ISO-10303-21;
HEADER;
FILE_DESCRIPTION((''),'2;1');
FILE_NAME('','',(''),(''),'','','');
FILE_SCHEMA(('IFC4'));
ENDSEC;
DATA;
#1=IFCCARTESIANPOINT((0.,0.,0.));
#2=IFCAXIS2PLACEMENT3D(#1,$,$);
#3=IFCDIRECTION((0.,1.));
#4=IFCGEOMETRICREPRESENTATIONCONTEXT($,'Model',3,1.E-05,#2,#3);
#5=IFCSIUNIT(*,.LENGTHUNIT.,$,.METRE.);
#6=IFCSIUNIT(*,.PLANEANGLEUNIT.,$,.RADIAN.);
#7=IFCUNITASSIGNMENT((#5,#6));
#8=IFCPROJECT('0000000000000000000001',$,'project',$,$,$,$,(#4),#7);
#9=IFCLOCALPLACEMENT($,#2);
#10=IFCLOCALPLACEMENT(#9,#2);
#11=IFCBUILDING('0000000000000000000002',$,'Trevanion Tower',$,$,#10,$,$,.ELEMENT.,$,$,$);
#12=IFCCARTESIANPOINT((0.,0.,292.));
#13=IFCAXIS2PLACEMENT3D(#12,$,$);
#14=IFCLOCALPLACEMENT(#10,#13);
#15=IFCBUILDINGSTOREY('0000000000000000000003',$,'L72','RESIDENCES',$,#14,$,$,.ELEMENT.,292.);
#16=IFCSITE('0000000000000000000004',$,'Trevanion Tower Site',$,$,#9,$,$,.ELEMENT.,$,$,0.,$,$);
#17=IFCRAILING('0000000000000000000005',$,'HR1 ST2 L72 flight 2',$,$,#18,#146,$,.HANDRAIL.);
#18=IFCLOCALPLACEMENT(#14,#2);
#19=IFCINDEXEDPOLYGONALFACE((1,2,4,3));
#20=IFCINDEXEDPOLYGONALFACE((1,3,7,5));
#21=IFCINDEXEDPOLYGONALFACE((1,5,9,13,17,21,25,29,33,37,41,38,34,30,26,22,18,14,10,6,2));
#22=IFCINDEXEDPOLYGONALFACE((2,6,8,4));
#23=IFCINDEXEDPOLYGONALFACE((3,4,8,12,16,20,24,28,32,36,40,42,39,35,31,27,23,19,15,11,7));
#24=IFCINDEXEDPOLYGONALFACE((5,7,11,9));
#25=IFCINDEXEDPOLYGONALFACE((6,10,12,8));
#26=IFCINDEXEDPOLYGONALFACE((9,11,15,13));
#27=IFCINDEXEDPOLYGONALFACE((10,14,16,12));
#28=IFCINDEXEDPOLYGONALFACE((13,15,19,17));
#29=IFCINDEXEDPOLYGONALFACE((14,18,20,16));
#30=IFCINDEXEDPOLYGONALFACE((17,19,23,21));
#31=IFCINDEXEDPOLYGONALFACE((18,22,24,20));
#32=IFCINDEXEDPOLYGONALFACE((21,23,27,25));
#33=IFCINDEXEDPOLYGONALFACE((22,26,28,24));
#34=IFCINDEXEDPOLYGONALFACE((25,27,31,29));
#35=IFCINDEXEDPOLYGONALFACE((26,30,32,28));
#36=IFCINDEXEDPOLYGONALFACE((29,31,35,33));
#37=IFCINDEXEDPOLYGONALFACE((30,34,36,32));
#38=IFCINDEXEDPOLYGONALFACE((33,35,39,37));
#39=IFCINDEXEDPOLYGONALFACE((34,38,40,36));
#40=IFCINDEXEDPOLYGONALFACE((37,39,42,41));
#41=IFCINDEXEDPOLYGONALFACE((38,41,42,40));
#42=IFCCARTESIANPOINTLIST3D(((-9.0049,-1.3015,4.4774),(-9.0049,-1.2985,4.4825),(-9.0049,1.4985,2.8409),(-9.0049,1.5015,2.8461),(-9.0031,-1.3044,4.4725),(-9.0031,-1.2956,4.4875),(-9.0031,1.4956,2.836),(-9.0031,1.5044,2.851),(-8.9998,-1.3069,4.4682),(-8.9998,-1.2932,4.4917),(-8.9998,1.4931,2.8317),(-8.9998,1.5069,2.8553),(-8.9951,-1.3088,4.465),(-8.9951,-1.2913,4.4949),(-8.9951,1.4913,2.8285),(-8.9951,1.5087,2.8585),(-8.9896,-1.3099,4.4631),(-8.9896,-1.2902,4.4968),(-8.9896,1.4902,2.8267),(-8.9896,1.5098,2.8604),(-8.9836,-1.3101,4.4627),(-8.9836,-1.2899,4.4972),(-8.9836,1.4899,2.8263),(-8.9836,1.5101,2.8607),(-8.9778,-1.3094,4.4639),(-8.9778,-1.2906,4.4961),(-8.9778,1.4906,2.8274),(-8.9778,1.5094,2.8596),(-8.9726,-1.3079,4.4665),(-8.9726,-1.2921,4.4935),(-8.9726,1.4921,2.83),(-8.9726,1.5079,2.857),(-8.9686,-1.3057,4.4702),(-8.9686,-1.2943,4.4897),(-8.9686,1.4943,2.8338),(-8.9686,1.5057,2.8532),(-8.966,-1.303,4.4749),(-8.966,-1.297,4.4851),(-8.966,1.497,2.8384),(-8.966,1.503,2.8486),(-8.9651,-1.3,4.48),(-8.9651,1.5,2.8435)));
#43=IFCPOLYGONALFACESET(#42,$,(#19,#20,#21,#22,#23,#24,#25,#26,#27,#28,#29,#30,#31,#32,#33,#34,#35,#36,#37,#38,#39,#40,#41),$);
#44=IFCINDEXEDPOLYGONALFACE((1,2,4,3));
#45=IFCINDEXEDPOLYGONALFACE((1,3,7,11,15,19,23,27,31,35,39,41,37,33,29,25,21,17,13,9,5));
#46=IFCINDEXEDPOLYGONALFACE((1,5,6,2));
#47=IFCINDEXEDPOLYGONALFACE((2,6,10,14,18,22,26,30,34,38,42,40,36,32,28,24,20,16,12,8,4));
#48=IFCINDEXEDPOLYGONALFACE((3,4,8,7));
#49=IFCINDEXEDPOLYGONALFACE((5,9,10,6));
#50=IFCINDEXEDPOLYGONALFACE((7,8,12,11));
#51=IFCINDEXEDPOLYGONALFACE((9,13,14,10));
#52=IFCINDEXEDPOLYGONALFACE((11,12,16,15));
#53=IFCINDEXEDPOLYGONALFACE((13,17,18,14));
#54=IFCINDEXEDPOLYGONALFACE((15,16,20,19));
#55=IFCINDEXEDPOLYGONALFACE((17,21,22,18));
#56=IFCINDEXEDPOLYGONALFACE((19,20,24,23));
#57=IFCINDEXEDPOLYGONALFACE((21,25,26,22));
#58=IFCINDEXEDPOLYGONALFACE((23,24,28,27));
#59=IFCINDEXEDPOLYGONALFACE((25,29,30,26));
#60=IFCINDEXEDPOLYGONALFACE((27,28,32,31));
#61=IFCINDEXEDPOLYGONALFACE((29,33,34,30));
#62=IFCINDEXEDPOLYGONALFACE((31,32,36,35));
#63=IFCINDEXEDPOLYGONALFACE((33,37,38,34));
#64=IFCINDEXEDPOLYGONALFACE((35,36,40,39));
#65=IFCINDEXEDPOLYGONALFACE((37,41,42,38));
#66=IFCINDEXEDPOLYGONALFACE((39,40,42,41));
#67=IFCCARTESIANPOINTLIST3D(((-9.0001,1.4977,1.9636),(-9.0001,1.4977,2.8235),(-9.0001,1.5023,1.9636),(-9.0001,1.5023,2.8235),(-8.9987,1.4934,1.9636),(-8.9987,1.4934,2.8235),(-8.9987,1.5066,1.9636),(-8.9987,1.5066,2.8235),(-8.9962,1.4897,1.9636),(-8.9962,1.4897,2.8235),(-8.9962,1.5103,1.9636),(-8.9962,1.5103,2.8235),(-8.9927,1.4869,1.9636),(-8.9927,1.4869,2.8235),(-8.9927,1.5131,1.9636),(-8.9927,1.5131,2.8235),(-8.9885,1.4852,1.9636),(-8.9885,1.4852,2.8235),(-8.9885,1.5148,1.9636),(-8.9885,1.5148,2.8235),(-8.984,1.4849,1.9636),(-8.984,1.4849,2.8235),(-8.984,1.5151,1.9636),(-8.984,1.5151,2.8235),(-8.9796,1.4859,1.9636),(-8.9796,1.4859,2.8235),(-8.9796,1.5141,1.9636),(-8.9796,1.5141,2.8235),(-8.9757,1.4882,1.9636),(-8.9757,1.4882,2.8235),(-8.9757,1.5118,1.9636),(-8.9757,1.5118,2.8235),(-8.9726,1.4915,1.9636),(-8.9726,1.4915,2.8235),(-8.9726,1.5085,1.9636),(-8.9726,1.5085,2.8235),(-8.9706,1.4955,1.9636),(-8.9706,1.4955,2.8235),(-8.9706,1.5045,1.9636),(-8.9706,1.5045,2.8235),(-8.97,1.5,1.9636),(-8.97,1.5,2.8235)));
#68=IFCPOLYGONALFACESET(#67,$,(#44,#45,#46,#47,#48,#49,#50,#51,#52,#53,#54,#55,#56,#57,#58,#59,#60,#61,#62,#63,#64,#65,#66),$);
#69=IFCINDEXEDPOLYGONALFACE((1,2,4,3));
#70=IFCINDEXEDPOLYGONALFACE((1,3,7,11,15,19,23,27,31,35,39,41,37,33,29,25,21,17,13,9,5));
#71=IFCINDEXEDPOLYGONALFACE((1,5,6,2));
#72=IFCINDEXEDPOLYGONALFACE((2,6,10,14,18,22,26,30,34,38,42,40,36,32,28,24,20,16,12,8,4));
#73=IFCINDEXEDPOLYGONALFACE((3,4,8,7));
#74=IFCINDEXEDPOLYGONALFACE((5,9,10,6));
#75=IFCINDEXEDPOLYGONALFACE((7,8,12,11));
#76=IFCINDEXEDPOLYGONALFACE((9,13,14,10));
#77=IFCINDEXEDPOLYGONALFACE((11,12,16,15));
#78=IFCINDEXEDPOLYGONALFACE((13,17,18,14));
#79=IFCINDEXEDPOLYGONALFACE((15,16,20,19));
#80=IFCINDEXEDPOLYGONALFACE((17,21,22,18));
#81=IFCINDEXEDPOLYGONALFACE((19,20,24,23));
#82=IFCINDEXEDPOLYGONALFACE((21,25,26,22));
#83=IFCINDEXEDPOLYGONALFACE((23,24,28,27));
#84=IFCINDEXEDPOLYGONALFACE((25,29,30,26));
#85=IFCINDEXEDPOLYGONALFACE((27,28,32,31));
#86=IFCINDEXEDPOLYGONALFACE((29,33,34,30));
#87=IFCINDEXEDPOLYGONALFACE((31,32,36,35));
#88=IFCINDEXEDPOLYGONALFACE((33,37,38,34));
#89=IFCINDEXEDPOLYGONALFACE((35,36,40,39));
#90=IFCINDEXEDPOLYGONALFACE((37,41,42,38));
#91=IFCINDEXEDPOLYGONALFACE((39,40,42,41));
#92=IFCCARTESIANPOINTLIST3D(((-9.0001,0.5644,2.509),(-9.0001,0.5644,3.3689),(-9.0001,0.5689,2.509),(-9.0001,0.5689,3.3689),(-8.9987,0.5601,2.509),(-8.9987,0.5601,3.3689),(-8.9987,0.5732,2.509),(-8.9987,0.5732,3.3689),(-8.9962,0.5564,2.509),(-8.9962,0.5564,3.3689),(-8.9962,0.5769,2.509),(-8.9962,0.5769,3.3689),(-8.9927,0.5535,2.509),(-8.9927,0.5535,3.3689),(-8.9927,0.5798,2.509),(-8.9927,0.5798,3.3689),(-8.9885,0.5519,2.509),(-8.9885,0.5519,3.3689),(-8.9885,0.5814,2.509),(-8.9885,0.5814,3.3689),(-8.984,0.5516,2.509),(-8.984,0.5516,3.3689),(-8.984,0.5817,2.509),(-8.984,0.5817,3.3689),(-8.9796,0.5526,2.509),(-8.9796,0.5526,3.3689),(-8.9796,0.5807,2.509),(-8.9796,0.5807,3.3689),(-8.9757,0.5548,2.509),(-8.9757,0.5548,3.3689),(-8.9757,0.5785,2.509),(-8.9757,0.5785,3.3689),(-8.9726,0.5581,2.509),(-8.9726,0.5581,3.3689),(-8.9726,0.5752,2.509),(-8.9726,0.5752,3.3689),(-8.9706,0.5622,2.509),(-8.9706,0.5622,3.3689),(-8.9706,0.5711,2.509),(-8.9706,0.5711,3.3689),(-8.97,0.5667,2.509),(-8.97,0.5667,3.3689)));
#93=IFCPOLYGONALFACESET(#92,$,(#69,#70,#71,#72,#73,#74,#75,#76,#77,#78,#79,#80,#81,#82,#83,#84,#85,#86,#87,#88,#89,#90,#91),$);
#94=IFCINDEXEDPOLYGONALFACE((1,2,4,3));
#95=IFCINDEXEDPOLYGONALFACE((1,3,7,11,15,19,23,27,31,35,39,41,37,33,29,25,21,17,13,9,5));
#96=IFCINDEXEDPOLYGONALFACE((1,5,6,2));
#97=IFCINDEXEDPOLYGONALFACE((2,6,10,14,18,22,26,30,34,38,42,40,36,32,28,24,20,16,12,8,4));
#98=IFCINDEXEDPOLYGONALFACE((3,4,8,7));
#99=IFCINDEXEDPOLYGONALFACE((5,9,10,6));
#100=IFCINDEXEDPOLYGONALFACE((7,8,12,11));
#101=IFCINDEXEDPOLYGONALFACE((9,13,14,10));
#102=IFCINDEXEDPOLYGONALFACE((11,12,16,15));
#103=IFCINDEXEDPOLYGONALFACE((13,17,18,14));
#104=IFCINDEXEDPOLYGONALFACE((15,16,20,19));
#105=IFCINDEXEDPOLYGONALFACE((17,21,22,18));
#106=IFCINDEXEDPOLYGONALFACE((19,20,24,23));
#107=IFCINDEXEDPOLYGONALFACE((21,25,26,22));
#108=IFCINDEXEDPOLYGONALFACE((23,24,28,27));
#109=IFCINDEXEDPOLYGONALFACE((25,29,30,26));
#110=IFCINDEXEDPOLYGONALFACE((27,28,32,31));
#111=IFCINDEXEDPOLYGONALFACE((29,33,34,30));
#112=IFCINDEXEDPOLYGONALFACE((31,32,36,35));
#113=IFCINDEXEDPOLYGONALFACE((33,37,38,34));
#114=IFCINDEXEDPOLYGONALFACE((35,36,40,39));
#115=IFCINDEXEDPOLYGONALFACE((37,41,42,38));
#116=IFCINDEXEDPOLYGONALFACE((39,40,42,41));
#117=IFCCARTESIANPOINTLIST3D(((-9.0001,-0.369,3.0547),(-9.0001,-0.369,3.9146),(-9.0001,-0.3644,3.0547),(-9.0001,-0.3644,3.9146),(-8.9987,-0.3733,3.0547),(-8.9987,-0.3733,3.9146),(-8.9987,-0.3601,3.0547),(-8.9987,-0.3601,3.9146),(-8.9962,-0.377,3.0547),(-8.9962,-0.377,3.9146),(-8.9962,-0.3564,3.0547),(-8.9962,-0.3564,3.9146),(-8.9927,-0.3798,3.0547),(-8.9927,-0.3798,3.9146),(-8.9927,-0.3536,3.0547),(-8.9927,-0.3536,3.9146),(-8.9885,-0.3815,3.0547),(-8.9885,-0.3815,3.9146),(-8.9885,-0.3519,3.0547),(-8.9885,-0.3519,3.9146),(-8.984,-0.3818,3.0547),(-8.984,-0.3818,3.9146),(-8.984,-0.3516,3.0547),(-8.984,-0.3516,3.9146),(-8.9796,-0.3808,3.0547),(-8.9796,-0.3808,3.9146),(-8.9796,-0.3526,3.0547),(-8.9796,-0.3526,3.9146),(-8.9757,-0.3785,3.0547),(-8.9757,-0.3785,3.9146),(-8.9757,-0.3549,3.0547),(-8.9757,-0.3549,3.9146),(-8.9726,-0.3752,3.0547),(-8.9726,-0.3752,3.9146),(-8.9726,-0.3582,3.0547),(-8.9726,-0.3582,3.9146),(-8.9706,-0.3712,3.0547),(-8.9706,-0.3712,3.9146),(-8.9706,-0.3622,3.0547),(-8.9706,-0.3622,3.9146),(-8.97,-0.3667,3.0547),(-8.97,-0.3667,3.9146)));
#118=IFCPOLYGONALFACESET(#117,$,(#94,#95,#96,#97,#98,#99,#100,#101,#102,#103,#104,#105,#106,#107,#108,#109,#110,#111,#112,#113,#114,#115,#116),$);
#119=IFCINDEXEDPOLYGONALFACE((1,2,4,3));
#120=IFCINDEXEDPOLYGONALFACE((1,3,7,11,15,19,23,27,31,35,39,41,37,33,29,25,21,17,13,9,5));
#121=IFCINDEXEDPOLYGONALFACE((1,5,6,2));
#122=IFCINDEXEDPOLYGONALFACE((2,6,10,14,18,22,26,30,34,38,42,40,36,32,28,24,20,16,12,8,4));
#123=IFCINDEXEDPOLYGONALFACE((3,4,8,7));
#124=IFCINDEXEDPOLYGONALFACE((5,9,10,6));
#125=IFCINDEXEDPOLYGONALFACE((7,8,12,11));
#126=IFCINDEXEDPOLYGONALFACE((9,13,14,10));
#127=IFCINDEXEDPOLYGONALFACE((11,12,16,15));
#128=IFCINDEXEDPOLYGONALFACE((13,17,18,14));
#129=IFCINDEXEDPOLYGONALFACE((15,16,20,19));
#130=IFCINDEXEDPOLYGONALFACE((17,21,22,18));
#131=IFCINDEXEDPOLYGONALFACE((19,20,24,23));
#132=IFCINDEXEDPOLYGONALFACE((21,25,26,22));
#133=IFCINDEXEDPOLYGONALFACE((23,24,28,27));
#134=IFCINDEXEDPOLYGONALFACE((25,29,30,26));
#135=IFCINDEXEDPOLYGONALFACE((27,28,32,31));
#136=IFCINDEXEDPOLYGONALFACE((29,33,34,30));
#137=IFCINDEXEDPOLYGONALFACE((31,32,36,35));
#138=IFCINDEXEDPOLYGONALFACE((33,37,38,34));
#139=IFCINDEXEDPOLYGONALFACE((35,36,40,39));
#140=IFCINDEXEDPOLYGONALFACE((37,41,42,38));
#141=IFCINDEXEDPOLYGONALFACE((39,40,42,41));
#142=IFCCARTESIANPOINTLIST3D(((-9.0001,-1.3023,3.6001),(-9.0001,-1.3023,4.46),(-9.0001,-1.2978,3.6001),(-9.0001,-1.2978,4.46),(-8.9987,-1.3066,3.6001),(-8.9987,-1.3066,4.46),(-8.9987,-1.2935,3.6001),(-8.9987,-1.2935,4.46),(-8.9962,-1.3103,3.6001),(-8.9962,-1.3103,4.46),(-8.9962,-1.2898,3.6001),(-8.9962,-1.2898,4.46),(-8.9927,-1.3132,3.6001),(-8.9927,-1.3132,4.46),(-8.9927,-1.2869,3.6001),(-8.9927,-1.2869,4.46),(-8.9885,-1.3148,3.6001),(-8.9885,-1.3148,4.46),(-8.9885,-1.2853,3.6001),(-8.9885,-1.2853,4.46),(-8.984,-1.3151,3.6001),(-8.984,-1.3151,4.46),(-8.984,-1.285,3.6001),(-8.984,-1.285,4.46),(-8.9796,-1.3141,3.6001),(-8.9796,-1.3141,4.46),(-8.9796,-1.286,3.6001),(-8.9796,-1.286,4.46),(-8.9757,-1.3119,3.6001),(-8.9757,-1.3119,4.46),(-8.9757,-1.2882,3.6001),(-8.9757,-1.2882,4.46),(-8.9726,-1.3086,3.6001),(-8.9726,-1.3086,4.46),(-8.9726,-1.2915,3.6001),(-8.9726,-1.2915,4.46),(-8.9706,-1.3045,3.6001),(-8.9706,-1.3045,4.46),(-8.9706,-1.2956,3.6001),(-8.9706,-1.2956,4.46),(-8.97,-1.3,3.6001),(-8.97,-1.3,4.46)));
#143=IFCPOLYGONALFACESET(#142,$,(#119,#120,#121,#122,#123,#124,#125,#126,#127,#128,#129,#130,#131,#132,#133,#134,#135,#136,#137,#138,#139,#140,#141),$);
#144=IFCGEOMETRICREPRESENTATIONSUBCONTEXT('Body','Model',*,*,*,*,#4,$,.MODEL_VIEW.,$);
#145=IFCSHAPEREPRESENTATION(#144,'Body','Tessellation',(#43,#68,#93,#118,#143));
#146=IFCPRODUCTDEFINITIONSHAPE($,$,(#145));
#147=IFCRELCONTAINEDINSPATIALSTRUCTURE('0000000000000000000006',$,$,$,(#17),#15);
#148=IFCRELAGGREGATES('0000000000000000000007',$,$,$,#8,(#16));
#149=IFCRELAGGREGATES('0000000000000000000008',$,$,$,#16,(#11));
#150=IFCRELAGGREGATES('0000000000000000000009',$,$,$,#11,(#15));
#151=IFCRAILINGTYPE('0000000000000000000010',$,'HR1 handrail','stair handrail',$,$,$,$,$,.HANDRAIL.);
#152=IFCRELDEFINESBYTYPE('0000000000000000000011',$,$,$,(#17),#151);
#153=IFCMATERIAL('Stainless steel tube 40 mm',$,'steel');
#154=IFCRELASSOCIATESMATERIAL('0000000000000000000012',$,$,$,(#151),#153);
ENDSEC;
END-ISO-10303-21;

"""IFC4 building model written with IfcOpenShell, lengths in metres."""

from ifc_helpers import new_model, si_unit, direction, frame, origin, origin_2d, place, context, subcontext, project, spatial, circle, extrude, material, type_object, element, save


model = new_model("IFC4")

# Units and contexts
model_context = context("Model", 3, precision=1e-05, world=origin(), true_north=direction((0.0, 1.0)))
body_context = subcontext(model_context, "Body", "Model", "MODEL_VIEW")
ifc_project = project(units=[si_unit("LENGTHUNIT", "METRE"), si_unit("PLANEANGLEUNIT", "RADIAN")], contexts=[model_context])

# Site, building, storey
site_placement = place(None, origin())
site = spatial("IfcSite", under=ifc_project, at=site_placement, Name="Trevanion Tower Site", CompositionType="ELEMENT", RefElevation=0.0)
building_placement = place(site_placement, origin())
building = spatial("IfcBuilding", under=site, at=building_placement, Name="Trevanion Tower", CompositionType="ELEMENT")
storey_placement = place(building_placement, frame((0.0, 0.0, 292.0)))
storey = spatial("IfcBuildingStorey", under=building, at=storey_placement, Name="L72", Description="RESIDENCES", CompositionType="ELEMENT", Elevation=292.0)

# Railing
ifc_material_1 = material(Name="Stainless steel tube 40 mm", Category="steel")
railing_type = type_object("IfcRailingType", Name="HR1 handrail", Description="stair handrail", PredefinedType="HANDRAIL", material=ifc_material_1)
for number, where, name in (
    (1, (-8.9851, 1.5, 1.9636), "HR1 ST2 L72 flight 2"),
):
    element("IfcRailing", number, at=place(storey_placement, frame(where)), inside=storey, type_object=railing_type, Name=name, PredefinedType="HANDRAIL", context=body_context, shape_type="SweptSolid", body=[
        extrude(circle(Radius=0.02, at=origin_2d()), frame((0.0, 0.0, 0.8799), z_axis=(0.0, -0.863361, 0.504587), x_axis=(1.0, 0.0, 0.0)), (0.0, 0.0, 1.0), 3.2432),
        extrude(circle(Radius=0.0151, at=origin_2d()), origin(), (0.0, 0.0, 1.0), 0.8599),
        extrude(circle(Radius=0.0151, at=origin_2d()), frame((0.0, -0.9333, 0.5454)), (0.0, 0.0, 1.0), 0.8599),
        extrude(circle(Radius=0.0151, at=origin_2d()), frame((0.0, -1.8667, 1.0911)), (0.0, 0.0, 1.0), 0.8599),
        extrude(circle(Radius=0.0151, at=origin_2d()), frame((0.0, -2.8, 1.6365)), (0.0, 0.0, 1.0), 0.8599),
    ])

save(model, "model.ifc")
